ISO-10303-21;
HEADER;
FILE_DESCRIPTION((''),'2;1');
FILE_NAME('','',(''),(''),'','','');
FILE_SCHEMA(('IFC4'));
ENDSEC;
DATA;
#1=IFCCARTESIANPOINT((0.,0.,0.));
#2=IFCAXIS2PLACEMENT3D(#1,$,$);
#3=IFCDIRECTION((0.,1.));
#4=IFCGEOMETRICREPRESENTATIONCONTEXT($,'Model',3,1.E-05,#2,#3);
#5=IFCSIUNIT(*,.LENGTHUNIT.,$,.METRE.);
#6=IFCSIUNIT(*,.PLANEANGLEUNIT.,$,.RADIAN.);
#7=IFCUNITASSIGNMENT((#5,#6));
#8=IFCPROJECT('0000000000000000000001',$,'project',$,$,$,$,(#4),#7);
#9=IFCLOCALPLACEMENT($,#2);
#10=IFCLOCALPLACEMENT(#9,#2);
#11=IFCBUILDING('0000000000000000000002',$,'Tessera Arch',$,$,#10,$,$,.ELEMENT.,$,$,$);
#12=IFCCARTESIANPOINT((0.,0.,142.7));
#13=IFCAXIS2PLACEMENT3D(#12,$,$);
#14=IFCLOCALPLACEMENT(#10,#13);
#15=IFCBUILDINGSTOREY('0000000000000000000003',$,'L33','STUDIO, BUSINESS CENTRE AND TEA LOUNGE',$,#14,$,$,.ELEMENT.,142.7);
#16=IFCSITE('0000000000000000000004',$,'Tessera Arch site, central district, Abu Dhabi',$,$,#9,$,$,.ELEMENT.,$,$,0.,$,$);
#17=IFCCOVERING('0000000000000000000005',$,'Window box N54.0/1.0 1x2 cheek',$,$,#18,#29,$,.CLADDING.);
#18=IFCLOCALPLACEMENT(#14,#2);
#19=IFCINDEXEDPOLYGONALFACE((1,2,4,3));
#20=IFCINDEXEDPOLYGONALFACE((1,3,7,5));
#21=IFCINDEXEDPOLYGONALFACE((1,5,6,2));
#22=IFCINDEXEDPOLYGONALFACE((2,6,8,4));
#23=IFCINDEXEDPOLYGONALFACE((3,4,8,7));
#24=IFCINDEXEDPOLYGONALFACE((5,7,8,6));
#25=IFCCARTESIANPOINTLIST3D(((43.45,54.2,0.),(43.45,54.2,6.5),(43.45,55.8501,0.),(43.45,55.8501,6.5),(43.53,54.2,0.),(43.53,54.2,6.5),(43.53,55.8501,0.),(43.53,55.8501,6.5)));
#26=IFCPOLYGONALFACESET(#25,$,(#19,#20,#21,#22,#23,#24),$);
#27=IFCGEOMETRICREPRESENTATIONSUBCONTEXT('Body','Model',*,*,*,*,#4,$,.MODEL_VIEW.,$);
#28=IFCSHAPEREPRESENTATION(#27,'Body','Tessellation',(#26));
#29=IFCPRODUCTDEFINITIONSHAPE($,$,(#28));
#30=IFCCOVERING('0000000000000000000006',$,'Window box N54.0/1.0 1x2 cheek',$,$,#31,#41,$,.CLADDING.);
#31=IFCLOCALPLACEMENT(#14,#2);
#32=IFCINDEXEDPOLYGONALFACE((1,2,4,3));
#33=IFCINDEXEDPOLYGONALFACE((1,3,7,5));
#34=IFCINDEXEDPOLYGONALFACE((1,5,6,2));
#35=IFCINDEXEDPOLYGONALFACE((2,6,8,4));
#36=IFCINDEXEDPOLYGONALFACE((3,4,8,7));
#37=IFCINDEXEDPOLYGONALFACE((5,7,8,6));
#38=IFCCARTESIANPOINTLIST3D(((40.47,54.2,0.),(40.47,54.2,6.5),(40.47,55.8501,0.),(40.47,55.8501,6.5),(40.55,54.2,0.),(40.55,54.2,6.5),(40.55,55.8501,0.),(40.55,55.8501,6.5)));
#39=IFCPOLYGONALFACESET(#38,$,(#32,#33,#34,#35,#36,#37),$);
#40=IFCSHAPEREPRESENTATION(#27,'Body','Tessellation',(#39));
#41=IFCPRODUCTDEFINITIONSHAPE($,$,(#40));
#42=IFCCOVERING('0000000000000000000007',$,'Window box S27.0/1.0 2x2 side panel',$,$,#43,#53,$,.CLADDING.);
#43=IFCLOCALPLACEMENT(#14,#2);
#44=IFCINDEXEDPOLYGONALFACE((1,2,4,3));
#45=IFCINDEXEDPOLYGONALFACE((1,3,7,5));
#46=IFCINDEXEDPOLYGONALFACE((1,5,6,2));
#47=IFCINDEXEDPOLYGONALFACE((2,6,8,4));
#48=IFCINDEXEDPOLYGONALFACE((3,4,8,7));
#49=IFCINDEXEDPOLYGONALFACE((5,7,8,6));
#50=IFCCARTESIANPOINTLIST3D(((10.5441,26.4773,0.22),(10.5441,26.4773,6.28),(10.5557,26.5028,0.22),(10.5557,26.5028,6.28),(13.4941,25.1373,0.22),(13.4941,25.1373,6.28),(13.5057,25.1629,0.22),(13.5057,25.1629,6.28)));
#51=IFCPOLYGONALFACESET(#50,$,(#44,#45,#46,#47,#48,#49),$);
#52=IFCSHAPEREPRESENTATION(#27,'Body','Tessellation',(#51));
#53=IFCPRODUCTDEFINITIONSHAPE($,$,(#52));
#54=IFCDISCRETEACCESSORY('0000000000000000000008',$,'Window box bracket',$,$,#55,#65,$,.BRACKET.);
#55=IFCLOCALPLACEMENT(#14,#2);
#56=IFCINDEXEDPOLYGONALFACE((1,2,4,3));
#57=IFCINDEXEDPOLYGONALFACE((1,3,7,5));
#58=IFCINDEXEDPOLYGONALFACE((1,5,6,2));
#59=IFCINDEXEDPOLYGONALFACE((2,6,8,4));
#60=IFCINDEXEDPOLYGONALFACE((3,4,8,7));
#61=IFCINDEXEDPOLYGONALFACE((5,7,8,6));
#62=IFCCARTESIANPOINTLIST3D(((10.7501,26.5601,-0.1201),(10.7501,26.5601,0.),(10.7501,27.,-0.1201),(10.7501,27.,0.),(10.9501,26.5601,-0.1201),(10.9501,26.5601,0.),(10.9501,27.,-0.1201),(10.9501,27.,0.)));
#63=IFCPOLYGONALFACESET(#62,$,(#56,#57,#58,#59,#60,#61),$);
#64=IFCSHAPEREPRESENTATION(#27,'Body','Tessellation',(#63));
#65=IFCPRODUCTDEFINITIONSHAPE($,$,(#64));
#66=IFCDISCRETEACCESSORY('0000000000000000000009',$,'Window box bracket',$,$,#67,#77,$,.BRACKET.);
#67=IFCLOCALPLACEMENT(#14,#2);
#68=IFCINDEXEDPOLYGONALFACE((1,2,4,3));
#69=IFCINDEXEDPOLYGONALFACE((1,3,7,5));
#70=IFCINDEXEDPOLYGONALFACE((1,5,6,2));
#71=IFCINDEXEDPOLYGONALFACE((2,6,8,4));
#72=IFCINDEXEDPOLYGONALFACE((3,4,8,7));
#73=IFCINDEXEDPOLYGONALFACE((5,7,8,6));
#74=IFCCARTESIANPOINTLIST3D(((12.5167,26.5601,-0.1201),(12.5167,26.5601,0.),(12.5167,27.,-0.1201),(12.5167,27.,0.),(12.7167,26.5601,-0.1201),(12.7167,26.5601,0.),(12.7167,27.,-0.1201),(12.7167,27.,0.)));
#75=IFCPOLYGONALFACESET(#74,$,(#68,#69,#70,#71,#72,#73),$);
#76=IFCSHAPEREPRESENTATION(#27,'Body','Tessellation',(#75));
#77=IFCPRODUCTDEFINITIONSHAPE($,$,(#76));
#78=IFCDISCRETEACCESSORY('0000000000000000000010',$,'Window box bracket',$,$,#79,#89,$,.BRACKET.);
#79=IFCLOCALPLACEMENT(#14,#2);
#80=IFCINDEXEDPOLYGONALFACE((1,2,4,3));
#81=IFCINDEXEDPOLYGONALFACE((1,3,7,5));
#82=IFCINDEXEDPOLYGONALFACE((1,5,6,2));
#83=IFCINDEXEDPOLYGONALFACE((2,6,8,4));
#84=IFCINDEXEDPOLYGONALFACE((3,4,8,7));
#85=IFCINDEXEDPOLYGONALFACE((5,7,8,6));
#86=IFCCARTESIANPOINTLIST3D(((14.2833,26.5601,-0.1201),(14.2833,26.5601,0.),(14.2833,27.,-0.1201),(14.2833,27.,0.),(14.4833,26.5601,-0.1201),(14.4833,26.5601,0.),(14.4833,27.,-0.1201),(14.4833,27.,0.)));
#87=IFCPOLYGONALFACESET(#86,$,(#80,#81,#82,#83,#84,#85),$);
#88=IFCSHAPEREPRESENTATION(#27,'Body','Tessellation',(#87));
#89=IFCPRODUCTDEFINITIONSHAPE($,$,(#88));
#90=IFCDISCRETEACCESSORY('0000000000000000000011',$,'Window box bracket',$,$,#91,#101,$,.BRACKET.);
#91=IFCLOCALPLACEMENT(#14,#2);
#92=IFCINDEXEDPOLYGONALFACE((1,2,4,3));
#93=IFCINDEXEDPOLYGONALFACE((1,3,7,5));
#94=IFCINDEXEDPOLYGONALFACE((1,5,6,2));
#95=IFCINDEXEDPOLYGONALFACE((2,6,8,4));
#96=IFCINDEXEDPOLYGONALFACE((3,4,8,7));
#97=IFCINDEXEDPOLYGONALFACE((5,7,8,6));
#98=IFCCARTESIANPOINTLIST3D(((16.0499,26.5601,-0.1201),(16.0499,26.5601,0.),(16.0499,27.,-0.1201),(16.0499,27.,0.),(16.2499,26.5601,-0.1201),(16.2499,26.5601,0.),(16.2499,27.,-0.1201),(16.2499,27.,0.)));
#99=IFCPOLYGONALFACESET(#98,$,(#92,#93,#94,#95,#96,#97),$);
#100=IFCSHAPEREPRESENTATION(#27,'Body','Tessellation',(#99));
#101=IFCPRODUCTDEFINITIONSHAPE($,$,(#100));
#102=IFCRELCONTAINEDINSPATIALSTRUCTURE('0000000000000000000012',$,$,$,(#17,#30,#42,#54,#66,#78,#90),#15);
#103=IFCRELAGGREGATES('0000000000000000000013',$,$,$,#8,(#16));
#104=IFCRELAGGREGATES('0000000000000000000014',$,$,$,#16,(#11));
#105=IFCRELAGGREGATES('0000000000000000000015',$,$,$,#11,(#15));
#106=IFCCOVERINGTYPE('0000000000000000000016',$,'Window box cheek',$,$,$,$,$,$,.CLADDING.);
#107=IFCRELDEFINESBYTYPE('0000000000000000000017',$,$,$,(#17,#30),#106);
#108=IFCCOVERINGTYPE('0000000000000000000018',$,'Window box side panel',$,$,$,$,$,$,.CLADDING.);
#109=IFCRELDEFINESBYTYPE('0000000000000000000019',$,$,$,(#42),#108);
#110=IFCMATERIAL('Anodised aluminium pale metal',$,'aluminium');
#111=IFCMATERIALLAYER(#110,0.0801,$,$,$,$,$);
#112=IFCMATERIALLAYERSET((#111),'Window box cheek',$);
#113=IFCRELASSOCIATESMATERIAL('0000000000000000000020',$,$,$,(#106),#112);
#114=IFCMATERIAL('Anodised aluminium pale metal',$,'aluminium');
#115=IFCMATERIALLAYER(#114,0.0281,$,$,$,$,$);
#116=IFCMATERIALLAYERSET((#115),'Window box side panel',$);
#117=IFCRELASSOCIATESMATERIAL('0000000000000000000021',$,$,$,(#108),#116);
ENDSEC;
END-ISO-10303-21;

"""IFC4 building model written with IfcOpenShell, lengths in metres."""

from ifc_helpers import new_model, si_unit, direction, frame, origin, origin_2d, place, context, subcontext, project, spatial, polyline, rectangle, outline, extrude, material, layer, layer_set, type_object, element, save


model = new_model("IFC4")

# Units and contexts
model_context = context("Model", 3, precision=1e-05, world=origin(), true_north=direction((0.0, 1.0)))
body_context = subcontext(model_context, "Body", "Model", "MODEL_VIEW")
ifc_project = project(units=[si_unit("LENGTHUNIT", "METRE"), si_unit("PLANEANGLEUNIT", "RADIAN")], contexts=[model_context])

# Site, building, storey
site_placement = place(None, origin())
site = spatial("IfcSite", under=ifc_project, at=site_placement, Name="Tessera Arch site, central district, Abu Dhabi", CompositionType="ELEMENT", RefElevation=0.0)
building_placement = place(site_placement, origin())
building = spatial("IfcBuilding", under=site, at=building_placement, Name="Tessera Arch", CompositionType="ELEMENT")
storey_placement = place(building_placement, frame((0.0, 0.0, 142.7)))
storey = spatial("IfcBuildingStorey", under=building, at=storey_placement, Name="L33", Description="STUDIO, BUSINESS CENTRE AND TEA LOUNGE", CompositionType="ELEMENT", Elevation=142.7)

# Coverings
ifc_material_1 = material(Name="Anodised aluminium pale metal", Category="aluminium")
ifc_layer_1 = layer(ifc_material_1, 0.0801)
ifc_layer_set_1 = layer_set([ifc_layer_1], Name="Window box cheek")
covering_type_1 = type_object("IfcCoveringType", Name="Window box cheek", PredefinedType="CLADDING", material=ifc_layer_set_1)
covering_1_placement = place(storey_placement, origin())
element("IfcCovering", 1, at=covering_1_placement, inside=storey, type_object=covering_type_1, Name="Window box N54.0/1.0 1x2 cheek", PredefinedType="CLADDING", context=body_context, shape_type="SweptSolid", body=[
    extrude(outline(polyline([(43.53, 55.8501), (43.45, 55.8501), (43.45, 54.2), (43.53, 54.2), (43.53, 55.8501)])), origin(), (0.0, 0.0, 1.0), 6.5),
])
covering_2_placement = place(storey_placement, origin())
element("IfcCovering", 2, at=covering_2_placement, inside=storey, type_object=covering_type_1, Name="Window box N54.0/1.0 1x2 cheek", PredefinedType="CLADDING", context=body_context, shape_type="SweptSolid", body=[
    extrude(outline(polyline([(40.55, 55.8501), (40.47, 55.8501), (40.47, 54.2), (40.55, 54.2), (40.55, 55.8501)])), origin(), (0.0, 0.0, 1.0), 6.5),
])
ifc_material_2 = material(Name="Anodised aluminium pale metal", Category="aluminium")
ifc_layer_2 = layer(ifc_material_2, 0.0281)
ifc_layer_set_2 = layer_set([ifc_layer_2], Name="Window box side panel")
covering_type_2 = type_object("IfcCoveringType", Name="Window box side panel", PredefinedType="CLADDING", material=ifc_layer_set_2)
covering_3_placement = place(storey_placement, frame((12.0249, 25.8201, 0.22), z_axis=(0.0, 0.0, 1.0), x_axis=(0.910472, -0.41357, 0.0)))
element("IfcCovering", 3, at=covering_3_placement, inside=storey, type_object=covering_type_2, Name="Window box S27.0/1.0 2x2 side panel", PredefinedType="CLADDING", context=body_context, shape_type="SweptSolid", body=[
    extrude(rectangle(XDim=3.24, YDim=0.0281, at=origin_2d()), origin(), (0.0, 0.0, 1.0), 6.0601),
])

# Discrete accessories
for number, where, z_axis, x_axis, name in (
    (4, (10.8501, 26.78, -0.1201), (0.0, 0.0, 1.0), (0.0, -1.0, 0.0), "Window box bracket"),
    (5, (12.6167, 26.78, -0.1201), (0.0, 0.0, 1.0), (0.0, -1.0, 0.0), "Window box bracket"),
    (6, (14.3833, 26.78, -0.1201), (0.0, 0.0, 1.0), (0.0, -1.0, 0.0), "Window box bracket"),
    (7, (16.1499, 26.78, -0.1201), (0.0, 0.0, 1.0), (0.0, -1.0, 0.0), "Window box bracket"),
):
    element("IfcDiscreteAccessory", number, at=place(storey_placement, frame(where, z_axis=z_axis, x_axis=x_axis)), inside=storey, Name=name, PredefinedType="BRACKET", context=body_context, shape_type="SweptSolid", body=[
        extrude(rectangle(XDim=0.4399, YDim=0.2, at=origin_2d()), origin(), (0.0, 0.0, 1.0), 0.1201),
    ])

save(model, "model.ifc")
